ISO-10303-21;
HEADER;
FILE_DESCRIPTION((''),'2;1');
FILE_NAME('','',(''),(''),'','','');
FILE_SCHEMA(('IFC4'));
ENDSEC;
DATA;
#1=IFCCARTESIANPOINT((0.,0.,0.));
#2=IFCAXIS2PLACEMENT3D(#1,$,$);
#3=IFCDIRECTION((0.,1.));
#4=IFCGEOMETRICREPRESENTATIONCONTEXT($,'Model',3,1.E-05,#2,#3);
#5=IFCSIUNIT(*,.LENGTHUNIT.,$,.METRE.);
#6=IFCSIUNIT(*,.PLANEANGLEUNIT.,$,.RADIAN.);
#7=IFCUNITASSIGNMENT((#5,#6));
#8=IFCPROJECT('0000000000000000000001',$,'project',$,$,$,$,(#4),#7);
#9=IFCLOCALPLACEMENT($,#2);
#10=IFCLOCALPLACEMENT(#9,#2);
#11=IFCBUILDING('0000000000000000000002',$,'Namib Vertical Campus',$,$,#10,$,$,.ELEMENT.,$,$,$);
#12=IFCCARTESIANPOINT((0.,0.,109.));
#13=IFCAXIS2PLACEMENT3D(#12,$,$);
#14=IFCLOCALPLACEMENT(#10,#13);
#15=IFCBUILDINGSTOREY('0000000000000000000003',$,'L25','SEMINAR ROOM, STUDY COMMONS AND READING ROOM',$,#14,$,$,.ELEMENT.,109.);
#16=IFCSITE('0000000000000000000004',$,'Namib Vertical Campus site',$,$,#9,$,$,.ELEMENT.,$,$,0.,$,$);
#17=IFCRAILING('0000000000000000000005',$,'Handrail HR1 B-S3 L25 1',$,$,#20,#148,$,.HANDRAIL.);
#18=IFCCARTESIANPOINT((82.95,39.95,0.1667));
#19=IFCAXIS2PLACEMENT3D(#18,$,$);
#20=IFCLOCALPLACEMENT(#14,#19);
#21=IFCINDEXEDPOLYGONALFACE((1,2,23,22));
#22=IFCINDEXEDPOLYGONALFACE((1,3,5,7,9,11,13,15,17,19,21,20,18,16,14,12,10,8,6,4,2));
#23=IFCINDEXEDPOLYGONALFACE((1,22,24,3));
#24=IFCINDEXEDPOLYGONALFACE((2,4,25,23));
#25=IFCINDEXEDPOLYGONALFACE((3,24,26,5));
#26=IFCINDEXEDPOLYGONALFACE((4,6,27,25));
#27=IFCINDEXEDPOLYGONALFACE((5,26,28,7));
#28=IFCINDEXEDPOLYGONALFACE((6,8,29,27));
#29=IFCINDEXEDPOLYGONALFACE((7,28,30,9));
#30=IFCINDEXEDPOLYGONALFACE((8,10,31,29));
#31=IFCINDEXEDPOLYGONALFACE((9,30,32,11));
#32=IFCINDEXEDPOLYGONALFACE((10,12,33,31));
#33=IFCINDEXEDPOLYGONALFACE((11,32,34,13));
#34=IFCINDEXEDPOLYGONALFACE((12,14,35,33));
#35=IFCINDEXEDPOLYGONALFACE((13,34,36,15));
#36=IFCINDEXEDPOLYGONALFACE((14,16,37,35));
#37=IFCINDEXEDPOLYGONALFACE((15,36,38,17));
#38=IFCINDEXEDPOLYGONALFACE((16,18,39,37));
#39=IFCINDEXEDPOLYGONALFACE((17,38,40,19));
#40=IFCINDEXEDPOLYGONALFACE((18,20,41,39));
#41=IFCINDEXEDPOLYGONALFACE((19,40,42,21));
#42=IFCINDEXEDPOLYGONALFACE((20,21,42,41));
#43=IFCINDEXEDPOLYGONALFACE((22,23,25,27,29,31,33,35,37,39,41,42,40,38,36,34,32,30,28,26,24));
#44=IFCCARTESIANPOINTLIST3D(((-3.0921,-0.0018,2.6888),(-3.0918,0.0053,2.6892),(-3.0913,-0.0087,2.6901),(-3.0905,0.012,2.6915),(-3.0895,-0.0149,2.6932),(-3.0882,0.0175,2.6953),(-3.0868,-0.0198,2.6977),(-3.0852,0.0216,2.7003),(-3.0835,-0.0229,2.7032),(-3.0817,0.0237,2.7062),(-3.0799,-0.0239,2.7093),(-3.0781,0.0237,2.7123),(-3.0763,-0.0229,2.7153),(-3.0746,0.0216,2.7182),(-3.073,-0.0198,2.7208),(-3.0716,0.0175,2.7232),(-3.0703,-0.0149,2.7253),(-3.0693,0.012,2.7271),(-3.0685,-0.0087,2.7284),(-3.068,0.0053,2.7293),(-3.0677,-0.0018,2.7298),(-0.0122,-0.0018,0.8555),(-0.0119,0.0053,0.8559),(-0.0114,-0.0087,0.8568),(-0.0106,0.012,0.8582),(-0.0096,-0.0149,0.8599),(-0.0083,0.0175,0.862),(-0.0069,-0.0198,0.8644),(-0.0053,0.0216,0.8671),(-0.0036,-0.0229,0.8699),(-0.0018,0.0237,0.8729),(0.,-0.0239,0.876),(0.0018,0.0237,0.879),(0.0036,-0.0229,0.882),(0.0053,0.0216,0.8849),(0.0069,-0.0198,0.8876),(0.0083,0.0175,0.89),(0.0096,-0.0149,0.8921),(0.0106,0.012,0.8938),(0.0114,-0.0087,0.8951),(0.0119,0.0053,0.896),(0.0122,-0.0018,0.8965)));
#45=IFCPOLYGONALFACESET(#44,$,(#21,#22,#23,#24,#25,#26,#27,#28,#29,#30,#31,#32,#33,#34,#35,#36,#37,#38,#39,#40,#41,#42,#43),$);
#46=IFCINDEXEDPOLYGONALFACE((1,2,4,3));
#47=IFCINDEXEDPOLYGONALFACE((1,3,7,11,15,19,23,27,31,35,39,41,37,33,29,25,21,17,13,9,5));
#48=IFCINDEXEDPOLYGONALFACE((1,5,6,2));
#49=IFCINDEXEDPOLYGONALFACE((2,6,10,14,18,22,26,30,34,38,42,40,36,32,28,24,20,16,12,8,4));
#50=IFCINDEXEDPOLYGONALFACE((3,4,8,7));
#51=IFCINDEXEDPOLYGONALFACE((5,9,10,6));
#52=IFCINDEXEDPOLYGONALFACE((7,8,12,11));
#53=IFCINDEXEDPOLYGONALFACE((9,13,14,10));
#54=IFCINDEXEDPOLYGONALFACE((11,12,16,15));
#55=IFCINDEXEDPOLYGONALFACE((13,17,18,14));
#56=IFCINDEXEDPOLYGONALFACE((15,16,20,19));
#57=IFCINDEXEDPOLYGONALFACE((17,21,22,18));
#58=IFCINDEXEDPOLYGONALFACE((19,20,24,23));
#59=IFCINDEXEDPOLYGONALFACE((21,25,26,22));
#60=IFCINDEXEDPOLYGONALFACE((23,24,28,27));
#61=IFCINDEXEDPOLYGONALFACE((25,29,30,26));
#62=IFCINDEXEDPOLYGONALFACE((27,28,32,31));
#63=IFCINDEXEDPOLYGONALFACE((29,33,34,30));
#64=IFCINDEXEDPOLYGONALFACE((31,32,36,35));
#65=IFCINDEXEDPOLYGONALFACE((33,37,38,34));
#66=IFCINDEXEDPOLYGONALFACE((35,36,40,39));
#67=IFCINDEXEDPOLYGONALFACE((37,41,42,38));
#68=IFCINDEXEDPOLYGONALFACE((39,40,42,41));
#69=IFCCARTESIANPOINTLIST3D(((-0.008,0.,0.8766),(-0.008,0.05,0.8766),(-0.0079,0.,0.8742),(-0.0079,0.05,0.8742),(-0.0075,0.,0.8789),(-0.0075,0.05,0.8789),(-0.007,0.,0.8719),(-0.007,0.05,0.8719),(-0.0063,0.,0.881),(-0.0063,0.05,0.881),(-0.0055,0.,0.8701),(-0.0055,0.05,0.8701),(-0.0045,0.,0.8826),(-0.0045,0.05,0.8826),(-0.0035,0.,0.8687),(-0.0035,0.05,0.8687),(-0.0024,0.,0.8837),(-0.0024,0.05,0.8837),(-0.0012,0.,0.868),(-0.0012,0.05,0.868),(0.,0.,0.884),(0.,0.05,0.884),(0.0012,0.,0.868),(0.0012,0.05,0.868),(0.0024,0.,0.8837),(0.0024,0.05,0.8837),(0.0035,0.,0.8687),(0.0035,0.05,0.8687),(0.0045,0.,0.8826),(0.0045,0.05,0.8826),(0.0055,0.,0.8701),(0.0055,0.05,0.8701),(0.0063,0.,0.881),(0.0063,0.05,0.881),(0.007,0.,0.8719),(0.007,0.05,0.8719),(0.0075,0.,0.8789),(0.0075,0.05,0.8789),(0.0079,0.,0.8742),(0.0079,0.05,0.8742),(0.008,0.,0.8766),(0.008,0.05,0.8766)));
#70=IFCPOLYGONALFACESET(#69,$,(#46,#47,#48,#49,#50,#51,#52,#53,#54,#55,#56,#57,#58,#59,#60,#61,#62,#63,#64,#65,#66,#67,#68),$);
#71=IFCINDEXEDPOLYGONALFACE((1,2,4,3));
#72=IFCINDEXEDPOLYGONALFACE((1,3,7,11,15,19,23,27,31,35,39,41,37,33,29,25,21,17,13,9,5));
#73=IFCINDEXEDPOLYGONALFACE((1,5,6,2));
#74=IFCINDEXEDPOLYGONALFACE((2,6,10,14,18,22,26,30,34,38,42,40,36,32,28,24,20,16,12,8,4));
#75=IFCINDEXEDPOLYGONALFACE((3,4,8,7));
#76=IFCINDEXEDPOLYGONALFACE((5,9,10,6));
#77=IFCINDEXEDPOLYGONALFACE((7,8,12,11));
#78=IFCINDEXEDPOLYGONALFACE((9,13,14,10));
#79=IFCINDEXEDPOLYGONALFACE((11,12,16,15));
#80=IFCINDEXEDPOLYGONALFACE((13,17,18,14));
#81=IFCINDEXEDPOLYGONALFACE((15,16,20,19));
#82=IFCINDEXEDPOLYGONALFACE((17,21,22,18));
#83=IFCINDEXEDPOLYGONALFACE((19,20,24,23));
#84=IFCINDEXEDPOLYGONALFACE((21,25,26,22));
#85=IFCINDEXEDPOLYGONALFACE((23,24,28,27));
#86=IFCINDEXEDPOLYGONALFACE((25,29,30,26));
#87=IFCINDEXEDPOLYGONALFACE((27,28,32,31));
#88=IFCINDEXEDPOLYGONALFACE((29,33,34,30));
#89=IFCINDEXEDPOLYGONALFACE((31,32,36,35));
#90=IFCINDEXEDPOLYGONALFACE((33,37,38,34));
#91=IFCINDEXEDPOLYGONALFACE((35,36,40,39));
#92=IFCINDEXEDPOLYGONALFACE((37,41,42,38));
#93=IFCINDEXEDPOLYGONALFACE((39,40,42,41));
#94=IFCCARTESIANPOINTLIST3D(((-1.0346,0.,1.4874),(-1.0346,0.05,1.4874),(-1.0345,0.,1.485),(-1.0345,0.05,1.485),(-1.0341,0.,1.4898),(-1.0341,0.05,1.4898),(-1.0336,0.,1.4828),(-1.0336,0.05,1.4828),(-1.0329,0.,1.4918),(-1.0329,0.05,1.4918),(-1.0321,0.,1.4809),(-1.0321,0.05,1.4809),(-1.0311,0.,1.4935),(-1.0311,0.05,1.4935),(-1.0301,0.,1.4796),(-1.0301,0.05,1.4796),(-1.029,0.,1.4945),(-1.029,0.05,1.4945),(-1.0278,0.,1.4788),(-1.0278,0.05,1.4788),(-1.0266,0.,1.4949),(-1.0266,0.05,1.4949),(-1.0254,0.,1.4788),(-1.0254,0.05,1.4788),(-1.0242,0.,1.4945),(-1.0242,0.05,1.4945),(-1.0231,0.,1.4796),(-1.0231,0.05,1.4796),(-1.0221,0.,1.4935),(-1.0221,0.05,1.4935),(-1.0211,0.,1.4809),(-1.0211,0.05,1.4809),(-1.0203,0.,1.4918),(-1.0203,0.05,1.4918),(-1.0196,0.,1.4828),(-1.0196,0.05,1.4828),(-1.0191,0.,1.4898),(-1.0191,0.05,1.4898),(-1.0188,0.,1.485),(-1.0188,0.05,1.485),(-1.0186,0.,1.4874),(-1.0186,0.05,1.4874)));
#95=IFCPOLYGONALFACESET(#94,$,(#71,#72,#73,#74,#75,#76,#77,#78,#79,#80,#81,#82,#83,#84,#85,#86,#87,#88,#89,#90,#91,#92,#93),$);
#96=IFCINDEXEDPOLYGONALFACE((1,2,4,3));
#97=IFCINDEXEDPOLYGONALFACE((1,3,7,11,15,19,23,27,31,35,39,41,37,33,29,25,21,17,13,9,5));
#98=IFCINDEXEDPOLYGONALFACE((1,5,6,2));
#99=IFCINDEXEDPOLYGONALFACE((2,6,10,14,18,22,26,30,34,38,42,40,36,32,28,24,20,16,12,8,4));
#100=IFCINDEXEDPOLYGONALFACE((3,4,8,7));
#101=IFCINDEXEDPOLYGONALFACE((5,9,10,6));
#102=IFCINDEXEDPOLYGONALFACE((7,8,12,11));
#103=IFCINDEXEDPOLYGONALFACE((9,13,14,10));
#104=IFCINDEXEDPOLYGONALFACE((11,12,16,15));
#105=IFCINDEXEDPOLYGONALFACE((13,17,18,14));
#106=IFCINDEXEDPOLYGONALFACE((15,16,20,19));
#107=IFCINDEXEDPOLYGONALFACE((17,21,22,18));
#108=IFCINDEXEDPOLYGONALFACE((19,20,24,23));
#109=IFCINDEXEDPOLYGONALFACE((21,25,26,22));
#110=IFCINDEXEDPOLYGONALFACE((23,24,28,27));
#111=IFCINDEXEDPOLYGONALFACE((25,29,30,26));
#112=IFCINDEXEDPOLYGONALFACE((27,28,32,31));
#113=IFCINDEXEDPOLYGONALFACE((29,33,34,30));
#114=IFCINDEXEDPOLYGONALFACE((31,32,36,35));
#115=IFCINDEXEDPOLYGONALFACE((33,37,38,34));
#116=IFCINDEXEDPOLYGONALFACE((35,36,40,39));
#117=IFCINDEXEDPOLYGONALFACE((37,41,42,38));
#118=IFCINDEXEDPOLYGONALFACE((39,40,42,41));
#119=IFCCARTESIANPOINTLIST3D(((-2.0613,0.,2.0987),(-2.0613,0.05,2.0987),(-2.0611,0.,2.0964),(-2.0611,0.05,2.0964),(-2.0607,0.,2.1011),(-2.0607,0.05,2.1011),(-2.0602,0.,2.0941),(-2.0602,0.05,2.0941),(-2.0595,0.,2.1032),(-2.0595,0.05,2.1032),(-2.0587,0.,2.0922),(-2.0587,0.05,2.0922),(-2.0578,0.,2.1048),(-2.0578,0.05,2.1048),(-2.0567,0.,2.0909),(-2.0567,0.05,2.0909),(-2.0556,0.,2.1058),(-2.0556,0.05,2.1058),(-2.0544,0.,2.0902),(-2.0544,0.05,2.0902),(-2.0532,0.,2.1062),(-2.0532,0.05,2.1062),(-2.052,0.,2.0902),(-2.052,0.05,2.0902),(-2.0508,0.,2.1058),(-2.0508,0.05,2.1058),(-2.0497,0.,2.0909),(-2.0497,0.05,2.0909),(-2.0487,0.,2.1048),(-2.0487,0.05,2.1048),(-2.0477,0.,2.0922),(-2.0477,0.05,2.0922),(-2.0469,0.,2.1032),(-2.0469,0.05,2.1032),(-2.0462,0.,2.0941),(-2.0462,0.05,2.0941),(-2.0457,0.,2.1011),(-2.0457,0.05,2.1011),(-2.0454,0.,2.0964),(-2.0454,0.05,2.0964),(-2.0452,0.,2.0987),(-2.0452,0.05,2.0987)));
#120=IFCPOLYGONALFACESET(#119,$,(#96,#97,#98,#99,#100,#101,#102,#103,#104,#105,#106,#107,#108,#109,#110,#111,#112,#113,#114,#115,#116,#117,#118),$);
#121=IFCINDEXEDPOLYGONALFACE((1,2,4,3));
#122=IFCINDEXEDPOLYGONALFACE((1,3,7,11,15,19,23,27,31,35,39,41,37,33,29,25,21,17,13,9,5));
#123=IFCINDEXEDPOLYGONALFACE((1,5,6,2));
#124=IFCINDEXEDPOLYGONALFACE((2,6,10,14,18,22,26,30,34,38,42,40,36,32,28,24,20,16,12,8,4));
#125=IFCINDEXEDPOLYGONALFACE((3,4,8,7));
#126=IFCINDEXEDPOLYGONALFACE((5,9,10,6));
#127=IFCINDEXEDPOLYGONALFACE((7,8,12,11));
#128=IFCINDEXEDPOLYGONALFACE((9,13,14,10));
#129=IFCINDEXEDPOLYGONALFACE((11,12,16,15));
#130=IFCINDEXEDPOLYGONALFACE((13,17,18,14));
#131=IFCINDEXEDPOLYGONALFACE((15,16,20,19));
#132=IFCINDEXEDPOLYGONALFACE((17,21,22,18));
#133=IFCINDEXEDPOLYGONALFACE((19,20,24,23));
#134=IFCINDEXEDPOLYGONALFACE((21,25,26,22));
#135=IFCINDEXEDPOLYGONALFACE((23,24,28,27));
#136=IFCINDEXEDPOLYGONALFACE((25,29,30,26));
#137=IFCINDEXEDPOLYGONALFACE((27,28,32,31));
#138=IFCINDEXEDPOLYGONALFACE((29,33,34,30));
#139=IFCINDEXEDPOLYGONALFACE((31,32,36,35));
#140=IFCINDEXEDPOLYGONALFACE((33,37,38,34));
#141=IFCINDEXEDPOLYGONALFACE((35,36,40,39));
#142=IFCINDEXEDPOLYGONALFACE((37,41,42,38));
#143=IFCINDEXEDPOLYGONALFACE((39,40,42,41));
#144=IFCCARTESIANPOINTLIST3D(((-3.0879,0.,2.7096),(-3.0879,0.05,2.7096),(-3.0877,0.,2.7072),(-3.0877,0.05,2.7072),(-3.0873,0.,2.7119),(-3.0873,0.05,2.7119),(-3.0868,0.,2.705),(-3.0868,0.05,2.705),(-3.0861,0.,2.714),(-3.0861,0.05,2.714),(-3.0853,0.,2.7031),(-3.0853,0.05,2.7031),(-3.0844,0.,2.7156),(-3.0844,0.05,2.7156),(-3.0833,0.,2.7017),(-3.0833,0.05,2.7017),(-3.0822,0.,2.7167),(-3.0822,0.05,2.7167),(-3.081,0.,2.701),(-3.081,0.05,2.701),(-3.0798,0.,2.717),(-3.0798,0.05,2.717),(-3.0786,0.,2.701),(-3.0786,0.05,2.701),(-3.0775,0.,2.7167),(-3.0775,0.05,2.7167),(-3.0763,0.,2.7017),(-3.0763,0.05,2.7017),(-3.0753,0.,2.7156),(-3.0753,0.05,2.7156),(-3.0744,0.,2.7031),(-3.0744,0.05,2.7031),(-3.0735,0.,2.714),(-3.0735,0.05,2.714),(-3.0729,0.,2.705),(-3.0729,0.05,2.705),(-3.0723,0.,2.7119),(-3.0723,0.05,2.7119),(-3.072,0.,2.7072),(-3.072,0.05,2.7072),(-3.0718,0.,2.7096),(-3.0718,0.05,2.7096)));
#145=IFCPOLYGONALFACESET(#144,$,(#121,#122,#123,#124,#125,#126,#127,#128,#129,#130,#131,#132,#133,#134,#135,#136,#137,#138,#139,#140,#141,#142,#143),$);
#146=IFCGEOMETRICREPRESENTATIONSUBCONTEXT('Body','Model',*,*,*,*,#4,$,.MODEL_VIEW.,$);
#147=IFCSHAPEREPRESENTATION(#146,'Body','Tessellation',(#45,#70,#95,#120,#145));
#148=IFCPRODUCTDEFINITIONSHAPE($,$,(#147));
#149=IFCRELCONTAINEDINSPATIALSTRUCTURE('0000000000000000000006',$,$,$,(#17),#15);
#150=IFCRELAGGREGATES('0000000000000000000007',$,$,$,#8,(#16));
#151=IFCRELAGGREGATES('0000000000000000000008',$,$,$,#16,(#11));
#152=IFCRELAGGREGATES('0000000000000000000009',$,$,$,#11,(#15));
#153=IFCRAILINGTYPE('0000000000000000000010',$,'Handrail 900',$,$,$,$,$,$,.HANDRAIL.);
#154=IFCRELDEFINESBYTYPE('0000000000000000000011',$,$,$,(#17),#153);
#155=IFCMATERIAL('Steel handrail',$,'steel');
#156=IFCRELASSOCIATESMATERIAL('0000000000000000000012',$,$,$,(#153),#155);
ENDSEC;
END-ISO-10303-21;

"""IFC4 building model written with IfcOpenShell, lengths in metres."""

from ifc_helpers import new_model, si_unit, direction, frame, origin, origin_2d, place, context, subcontext, project, spatial, circle, extrude, material, type_object, element, save


model = new_model("IFC4")

# Units and contexts
model_context = context("Model", 3, precision=1e-05, world=origin(), true_north=direction((0.0, 1.0)))
body_context = subcontext(model_context, "Body", "Model", "MODEL_VIEW")
ifc_project = project(units=[si_unit("LENGTHUNIT", "METRE"), si_unit("PLANEANGLEUNIT", "RADIAN")], contexts=[model_context])

# Site, building, storey
site_placement = place(None, origin())
site = spatial("IfcSite", under=ifc_project, at=site_placement, Name="Namib Vertical Campus site", CompositionType="ELEMENT", RefElevation=0.0)
building_placement = place(site_placement, origin())
building = spatial("IfcBuilding", under=site, at=building_placement, Name="Namib Vertical Campus", CompositionType="ELEMENT")
storey_placement = place(building_placement, frame((0.0, 0.0, 109.0)))
storey = spatial("IfcBuildingStorey", under=building, at=storey_placement, Name="L25", Description="SEMINAR ROOM, STUDY COMMONS AND READING ROOM", CompositionType="ELEMENT", Elevation=109.0)

# Railing
ifc_material_1 = material(Name="Steel handrail", Category="steel")
railing_type_1 = type_object("IfcRailingType", Name="Handrail 900", PredefinedType="HANDRAIL", material=ifc_material_1)
railing_1_placement = place(storey_placement, frame((82.95, 39.95, 0.1667)))
element("IfcRailing", 1, at=railing_1_placement, inside=storey, type_object=railing_type_1, Name="Handrail HR1 B-S3 L25 1", PredefinedType="HANDRAIL", context=body_context, shape_type="SweptSolid", body=[
    extrude(circle(Radius=0.0239, at=origin_2d()), frame((0.0, 0.0, 0.876), z_axis=(-0.859291, 0.0, 0.511487), x_axis=(0.0, -1.0, 0.0)), (0.0, 0.0, 1.0), 3.5842),
    extrude(circle(Radius=0.0081, at=origin_2d()), frame((0.0, 0.0, 0.876), z_axis=(0.0, 1.0, 0.0), x_axis=(0.0, 0.0, 1.0)), (0.0, 0.0, 1.0), 0.05),
    extrude(circle(Radius=0.0081, at=origin_2d()), frame((-1.0266, 0.0, 1.4868), z_axis=(0.0, 1.0, 0.0), x_axis=(0.0, 0.0, 1.0)), (0.0, 0.0, 1.0), 0.05),
    extrude(circle(Radius=0.0081, at=origin_2d()), frame((-2.0532, 0.0, 2.0981), z_axis=(0.0, 1.0, 0.0), x_axis=(0.0, 0.0, 1.0)), (0.0, 0.0, 1.0), 0.05),
    extrude(circle(Radius=0.0081, at=origin_2d()), frame((-3.0798, 0.0, 2.709), z_axis=(0.0, 1.0, 0.0), x_axis=(0.0, 0.0, 1.0)), (0.0, 0.0, 1.0), 0.05),
])

save(model, "model.ifc")
